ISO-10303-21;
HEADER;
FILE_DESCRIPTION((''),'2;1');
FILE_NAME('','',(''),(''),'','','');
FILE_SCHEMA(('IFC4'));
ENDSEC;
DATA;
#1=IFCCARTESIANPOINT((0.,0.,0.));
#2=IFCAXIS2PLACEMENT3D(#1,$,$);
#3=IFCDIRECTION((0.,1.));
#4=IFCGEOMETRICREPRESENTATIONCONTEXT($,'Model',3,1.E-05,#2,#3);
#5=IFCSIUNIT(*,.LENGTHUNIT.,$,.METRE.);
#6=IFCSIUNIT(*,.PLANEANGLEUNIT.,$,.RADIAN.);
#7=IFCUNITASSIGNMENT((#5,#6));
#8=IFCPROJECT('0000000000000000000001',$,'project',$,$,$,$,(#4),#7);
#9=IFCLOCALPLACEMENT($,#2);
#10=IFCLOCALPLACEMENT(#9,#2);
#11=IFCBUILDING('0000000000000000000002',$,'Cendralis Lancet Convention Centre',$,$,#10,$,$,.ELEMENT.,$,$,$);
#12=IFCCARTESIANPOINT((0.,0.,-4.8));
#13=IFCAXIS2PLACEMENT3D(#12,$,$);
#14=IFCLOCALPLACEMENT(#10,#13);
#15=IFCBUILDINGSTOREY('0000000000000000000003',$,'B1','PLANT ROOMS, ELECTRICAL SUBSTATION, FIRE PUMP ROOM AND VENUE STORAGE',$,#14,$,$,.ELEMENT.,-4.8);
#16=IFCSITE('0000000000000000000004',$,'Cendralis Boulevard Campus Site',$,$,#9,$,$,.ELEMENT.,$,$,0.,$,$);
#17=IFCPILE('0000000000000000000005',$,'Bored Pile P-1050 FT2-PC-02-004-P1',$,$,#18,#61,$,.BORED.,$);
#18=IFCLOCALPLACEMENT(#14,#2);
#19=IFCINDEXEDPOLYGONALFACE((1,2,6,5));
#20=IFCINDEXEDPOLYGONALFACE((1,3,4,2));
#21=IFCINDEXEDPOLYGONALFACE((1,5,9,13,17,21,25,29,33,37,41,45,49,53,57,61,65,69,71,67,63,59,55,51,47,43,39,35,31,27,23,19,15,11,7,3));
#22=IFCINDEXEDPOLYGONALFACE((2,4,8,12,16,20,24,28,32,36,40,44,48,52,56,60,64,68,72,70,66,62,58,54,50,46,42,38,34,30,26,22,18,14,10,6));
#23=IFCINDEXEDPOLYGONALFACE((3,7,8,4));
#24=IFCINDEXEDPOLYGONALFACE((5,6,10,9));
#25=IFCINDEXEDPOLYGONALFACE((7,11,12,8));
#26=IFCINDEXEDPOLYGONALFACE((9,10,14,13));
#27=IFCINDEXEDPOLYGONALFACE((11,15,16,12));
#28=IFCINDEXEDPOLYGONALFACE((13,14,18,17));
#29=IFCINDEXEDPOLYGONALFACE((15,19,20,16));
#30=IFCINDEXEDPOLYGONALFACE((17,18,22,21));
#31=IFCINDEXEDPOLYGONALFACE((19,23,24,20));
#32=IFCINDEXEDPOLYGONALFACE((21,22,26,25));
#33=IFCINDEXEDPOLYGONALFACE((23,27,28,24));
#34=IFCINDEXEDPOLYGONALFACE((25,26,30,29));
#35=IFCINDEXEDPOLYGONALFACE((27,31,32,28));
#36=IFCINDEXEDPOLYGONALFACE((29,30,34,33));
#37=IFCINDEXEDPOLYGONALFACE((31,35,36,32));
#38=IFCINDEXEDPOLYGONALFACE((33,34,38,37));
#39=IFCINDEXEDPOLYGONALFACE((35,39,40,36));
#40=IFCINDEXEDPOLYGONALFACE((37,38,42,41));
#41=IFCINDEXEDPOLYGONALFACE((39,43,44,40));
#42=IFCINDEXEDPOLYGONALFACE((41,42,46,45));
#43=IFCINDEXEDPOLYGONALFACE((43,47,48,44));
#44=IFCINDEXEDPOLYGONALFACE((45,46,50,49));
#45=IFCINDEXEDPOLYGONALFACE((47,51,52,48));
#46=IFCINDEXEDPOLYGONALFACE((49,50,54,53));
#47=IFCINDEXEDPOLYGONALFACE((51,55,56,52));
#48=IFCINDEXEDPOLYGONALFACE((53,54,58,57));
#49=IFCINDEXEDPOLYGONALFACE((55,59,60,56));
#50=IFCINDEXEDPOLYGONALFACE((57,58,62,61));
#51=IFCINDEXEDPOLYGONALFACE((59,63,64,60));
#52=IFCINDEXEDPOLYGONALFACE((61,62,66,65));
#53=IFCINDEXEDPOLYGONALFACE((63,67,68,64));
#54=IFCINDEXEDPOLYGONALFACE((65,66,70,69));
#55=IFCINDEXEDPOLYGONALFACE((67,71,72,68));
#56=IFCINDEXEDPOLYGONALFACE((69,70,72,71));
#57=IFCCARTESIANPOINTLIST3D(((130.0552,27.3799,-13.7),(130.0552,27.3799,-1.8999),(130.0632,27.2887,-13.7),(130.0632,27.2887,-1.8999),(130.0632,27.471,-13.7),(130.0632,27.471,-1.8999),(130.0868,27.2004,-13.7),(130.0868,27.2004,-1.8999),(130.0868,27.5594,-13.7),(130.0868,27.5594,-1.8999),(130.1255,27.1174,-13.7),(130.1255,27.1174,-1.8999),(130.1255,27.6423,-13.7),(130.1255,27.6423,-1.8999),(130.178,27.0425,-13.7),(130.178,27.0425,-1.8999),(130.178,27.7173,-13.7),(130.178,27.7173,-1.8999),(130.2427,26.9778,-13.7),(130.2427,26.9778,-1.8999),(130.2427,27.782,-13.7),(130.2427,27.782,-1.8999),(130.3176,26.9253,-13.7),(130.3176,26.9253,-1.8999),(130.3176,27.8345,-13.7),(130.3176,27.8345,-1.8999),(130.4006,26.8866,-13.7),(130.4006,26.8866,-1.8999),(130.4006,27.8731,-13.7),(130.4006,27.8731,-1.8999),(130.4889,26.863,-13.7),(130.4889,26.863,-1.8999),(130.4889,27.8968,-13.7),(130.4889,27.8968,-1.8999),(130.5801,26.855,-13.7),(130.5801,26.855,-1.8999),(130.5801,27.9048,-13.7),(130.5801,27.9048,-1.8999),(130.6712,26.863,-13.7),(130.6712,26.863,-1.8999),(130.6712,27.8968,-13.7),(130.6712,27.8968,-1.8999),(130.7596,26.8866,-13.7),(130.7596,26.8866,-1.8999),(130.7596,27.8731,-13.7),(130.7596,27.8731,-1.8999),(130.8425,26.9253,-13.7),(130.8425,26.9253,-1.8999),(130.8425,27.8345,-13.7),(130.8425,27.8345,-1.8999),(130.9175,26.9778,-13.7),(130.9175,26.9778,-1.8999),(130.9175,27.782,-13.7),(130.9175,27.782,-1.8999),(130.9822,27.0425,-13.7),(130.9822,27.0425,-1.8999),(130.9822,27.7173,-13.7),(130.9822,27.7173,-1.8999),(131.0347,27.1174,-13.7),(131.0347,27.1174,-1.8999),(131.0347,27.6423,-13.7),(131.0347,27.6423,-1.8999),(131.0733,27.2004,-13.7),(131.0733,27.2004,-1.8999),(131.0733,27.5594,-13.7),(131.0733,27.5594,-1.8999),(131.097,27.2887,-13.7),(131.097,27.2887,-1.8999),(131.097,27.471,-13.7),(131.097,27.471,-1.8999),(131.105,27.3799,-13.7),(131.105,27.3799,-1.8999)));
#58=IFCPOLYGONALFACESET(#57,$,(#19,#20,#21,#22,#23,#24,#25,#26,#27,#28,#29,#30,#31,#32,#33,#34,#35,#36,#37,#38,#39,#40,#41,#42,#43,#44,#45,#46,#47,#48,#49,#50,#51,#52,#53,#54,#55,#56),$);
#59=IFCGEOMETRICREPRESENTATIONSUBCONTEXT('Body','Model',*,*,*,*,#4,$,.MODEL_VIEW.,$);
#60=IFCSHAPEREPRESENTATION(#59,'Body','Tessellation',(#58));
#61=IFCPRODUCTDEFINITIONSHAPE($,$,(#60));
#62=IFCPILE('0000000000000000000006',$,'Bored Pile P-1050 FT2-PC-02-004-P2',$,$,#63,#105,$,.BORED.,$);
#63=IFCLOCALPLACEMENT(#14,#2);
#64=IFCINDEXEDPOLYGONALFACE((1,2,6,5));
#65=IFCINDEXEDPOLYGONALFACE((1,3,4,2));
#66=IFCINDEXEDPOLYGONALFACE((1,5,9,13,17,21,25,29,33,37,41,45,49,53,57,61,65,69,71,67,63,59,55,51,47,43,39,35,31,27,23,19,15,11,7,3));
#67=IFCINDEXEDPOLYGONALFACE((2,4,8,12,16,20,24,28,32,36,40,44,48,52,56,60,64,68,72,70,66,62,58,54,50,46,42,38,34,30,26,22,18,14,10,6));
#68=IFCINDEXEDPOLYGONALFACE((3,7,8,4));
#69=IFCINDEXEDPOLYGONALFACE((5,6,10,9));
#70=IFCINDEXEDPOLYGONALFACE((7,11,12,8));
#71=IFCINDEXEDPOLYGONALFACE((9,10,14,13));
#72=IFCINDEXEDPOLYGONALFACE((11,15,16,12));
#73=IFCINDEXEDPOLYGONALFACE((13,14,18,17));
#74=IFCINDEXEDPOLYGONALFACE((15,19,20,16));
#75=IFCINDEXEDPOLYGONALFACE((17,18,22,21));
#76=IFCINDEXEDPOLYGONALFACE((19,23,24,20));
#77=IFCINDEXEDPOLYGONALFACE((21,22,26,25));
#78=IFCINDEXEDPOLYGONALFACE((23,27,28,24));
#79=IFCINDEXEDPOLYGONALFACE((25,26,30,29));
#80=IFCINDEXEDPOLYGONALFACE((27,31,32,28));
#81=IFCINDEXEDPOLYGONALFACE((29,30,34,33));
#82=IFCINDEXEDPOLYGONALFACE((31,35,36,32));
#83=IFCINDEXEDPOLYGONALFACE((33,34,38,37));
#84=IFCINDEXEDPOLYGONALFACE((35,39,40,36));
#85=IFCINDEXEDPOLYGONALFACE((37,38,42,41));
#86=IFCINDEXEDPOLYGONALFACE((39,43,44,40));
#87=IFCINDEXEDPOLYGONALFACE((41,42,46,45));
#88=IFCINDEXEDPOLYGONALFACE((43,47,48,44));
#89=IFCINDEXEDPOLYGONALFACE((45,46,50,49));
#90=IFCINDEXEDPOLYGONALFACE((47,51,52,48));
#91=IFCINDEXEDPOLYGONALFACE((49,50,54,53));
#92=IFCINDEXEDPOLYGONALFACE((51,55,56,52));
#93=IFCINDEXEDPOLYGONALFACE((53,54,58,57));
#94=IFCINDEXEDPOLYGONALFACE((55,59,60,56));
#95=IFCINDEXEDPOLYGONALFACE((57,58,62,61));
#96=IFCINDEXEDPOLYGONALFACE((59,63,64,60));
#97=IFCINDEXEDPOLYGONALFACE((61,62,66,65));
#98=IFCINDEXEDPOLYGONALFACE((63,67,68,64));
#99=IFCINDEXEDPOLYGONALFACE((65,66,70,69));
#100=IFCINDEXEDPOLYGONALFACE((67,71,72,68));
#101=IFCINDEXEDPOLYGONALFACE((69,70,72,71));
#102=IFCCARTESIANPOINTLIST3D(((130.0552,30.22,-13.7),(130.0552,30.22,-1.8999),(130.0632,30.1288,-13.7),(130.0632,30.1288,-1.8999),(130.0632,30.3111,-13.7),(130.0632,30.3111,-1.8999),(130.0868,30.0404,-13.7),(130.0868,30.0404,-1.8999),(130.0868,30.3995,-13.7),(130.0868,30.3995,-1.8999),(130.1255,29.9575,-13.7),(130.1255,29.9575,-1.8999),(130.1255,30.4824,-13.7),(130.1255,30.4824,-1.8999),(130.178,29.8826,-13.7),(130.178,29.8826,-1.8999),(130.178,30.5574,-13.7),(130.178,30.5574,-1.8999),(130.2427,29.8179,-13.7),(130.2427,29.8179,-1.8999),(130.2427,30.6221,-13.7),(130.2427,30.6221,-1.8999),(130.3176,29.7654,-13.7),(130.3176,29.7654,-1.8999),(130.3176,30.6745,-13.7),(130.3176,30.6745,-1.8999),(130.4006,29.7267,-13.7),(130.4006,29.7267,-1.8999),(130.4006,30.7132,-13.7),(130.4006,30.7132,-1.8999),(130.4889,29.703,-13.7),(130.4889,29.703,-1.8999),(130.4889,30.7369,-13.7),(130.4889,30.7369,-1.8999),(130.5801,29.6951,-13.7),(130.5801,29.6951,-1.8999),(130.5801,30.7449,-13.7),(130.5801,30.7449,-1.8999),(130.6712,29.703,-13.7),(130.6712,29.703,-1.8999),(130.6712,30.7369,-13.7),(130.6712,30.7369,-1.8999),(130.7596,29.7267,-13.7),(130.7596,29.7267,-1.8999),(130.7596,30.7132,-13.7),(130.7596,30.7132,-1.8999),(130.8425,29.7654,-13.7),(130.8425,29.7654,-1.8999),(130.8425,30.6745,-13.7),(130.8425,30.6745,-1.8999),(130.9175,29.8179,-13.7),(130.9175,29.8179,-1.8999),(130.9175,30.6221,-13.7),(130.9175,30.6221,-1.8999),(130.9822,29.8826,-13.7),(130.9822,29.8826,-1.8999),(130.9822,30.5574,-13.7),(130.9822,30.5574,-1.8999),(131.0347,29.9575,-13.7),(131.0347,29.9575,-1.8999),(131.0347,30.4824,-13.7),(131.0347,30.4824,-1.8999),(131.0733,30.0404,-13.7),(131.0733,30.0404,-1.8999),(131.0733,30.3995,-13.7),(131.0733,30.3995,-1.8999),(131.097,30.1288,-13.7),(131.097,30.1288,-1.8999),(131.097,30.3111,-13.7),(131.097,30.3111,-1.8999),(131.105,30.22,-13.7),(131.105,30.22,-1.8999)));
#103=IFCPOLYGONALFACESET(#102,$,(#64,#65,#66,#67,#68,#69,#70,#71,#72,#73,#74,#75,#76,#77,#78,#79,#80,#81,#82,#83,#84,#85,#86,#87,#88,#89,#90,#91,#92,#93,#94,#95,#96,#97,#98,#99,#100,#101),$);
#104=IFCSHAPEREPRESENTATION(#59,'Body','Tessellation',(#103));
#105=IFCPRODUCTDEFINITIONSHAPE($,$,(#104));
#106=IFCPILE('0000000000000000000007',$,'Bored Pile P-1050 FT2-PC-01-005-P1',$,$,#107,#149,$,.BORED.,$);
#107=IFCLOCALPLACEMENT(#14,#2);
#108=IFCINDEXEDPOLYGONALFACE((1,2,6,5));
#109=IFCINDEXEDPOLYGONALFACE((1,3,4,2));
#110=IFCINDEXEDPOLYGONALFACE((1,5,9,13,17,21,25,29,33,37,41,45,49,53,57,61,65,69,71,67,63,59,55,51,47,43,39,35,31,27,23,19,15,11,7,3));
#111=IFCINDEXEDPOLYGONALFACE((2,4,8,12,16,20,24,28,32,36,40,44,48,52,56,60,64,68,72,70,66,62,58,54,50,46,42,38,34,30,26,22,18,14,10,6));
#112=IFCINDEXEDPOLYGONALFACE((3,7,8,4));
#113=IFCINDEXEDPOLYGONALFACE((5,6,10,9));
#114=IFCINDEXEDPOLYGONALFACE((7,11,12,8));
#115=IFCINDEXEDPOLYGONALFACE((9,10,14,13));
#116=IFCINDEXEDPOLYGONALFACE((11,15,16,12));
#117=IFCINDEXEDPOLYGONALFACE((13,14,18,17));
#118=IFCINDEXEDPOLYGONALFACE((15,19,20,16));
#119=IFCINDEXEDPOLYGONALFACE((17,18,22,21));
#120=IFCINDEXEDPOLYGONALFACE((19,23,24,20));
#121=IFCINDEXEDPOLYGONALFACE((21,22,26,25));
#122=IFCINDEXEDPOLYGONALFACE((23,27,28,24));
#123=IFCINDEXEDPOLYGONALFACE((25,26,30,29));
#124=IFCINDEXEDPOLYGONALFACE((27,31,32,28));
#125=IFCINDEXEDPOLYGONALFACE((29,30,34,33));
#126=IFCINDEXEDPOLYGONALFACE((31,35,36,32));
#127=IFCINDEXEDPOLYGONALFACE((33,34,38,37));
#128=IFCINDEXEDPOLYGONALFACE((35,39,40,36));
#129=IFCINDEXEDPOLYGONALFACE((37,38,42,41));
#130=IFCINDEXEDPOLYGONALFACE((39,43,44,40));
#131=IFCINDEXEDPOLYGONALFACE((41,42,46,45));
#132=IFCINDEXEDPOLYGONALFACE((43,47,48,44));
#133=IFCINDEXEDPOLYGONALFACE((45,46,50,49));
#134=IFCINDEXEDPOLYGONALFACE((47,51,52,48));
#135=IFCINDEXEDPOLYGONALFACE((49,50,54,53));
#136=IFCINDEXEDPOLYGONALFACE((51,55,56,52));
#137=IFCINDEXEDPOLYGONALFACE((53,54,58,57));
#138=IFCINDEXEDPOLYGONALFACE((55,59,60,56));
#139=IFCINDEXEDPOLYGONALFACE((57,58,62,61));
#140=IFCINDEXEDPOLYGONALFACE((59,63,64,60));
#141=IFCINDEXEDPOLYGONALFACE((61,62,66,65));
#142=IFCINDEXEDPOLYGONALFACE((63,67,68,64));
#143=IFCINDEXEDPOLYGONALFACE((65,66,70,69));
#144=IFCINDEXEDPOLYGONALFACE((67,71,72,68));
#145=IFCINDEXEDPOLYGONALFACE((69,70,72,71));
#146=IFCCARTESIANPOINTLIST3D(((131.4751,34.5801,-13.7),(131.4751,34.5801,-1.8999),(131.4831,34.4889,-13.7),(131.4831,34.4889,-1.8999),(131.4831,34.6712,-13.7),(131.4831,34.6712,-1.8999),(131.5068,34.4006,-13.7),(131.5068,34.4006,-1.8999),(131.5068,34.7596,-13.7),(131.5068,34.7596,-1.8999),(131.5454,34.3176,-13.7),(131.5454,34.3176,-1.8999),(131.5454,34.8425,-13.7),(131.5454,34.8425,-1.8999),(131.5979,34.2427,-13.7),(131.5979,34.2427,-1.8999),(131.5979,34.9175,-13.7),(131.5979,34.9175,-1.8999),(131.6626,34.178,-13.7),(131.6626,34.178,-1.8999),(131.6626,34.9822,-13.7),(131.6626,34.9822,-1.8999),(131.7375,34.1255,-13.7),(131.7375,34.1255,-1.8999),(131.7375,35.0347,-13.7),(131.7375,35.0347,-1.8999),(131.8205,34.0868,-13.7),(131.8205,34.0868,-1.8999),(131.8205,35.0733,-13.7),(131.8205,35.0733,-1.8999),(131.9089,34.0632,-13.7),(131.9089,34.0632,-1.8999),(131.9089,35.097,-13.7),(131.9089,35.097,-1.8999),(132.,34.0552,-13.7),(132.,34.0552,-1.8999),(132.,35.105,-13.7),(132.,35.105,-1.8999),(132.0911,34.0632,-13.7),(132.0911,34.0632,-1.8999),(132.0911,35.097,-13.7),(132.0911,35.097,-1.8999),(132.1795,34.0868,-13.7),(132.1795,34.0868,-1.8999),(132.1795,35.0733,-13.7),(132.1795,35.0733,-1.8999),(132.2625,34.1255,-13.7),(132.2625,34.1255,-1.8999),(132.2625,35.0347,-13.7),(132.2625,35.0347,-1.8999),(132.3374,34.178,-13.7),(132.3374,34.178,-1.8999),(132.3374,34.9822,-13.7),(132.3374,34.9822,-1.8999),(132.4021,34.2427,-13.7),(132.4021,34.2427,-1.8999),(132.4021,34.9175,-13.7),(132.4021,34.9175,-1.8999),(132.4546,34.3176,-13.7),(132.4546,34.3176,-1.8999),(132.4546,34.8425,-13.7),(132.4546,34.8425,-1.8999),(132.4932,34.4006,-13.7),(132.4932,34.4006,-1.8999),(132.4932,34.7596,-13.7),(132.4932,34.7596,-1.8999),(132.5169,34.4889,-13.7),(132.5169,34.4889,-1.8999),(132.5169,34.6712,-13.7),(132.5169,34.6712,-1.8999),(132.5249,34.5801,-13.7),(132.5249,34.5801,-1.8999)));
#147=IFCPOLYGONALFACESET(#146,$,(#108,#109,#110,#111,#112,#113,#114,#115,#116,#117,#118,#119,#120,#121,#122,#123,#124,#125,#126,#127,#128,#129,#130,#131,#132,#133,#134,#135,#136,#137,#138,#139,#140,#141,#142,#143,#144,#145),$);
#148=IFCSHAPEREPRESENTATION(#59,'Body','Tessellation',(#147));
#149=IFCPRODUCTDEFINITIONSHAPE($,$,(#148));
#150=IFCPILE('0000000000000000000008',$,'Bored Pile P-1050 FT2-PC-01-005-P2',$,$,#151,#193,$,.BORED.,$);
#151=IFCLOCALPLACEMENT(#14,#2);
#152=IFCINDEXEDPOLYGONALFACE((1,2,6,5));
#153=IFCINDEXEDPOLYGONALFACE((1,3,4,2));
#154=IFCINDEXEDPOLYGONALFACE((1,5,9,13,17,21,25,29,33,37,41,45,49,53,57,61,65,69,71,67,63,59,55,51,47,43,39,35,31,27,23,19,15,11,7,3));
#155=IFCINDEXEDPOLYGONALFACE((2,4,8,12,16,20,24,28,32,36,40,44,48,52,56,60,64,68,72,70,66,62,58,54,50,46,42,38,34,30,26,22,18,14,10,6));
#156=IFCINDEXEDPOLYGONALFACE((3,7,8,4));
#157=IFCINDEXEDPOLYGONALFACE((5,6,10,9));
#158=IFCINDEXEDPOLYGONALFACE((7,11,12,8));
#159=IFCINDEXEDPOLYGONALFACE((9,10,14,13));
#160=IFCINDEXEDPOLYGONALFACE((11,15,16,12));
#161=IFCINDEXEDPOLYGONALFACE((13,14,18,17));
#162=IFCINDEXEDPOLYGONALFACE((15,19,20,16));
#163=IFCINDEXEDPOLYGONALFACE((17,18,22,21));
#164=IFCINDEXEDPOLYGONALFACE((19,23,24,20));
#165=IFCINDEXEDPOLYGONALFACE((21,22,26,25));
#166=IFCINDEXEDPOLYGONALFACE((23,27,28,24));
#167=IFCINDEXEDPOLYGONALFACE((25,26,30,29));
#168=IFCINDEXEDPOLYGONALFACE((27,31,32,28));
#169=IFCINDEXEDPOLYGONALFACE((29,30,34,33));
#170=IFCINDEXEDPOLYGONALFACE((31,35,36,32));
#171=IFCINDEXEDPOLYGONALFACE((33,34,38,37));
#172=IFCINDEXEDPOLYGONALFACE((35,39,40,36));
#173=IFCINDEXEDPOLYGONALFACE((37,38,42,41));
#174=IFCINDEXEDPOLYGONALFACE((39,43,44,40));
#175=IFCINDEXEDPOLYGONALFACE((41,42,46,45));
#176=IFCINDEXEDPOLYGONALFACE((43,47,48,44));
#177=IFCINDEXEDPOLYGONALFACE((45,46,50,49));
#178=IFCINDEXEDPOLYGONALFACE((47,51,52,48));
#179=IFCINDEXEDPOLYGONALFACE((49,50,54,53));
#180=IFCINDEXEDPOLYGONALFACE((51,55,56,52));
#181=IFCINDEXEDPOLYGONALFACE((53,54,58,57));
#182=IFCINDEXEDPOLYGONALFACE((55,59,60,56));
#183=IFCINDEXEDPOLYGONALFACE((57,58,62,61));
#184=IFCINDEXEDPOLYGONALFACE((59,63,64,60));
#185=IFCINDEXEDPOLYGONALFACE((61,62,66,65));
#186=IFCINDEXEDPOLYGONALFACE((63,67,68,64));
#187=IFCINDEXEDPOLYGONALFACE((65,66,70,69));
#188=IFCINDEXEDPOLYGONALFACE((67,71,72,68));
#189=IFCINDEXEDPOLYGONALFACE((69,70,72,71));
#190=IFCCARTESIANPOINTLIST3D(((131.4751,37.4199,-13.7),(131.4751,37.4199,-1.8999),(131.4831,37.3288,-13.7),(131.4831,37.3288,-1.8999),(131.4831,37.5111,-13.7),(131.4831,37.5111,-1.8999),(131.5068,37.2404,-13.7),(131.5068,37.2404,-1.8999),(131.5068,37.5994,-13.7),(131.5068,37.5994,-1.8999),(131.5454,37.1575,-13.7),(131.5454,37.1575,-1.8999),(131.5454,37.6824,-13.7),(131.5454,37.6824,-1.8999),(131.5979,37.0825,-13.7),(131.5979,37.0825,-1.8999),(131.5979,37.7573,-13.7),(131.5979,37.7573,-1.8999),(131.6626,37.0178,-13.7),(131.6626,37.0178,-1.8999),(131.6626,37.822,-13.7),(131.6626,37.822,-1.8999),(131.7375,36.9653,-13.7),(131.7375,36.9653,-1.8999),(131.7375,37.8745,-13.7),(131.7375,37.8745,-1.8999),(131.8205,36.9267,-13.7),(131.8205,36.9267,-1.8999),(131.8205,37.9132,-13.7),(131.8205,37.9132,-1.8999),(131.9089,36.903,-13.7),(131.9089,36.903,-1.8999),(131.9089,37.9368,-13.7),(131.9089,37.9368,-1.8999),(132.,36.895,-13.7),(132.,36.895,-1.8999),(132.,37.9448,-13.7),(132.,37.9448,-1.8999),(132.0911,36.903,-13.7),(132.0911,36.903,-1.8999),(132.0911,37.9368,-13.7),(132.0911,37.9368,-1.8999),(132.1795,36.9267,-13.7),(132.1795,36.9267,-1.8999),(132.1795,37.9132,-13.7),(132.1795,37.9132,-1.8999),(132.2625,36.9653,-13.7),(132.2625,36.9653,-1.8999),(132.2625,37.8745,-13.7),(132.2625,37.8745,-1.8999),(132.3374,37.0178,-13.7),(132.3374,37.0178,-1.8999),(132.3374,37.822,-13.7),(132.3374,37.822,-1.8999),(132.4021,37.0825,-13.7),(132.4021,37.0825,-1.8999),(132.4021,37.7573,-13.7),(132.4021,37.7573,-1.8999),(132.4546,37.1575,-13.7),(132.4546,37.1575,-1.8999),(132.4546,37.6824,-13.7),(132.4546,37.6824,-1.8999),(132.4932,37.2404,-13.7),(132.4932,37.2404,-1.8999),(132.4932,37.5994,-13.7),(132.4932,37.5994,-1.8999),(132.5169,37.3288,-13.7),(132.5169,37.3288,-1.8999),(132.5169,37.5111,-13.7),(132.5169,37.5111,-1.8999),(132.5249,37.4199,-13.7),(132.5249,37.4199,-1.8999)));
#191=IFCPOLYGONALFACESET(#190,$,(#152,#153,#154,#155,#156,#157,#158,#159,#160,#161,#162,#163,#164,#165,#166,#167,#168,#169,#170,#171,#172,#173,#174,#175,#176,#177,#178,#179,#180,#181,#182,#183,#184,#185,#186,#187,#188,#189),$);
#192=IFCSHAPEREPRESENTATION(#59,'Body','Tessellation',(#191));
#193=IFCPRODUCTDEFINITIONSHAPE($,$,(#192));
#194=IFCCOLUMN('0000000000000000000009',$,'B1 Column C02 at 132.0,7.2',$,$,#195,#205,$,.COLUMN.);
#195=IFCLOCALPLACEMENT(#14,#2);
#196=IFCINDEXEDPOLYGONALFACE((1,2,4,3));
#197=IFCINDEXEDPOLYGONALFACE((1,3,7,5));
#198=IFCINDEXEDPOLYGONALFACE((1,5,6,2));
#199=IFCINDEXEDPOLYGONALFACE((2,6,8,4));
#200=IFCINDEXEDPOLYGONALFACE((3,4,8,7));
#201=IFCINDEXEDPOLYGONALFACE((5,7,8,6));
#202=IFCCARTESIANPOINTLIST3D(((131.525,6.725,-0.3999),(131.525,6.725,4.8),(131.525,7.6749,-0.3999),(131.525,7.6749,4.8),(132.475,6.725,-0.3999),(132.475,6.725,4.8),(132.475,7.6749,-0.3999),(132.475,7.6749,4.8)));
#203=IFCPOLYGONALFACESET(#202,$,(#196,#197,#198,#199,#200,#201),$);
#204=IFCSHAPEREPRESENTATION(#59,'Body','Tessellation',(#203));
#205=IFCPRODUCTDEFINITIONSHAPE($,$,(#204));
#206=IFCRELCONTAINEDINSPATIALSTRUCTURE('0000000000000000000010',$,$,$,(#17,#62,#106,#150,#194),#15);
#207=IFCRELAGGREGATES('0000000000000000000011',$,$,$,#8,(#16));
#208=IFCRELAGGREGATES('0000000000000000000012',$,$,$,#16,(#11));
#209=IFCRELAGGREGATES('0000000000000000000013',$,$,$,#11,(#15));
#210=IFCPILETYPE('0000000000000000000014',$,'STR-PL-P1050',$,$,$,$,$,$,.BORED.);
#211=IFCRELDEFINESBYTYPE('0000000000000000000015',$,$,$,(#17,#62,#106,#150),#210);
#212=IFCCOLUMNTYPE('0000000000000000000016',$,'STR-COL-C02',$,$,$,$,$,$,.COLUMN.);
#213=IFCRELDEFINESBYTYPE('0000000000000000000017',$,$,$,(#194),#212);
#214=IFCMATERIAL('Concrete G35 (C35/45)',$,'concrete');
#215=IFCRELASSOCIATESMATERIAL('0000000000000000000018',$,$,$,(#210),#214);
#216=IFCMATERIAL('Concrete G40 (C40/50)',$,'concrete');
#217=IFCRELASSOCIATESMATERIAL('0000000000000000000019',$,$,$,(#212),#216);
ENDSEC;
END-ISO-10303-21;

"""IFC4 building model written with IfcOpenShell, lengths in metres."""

from ifc_helpers import new_model, si_unit, direction, frame, origin, origin_2d, place, context, subcontext, project, spatial, rectangle, circle, extrude, material, material_profile, profile_set, type_object, element, save


model = new_model("IFC4")

# Units and contexts
model_context = context("Model", 3, precision=1e-05, world=origin(), true_north=direction((0.0, 1.0)))
body_context = subcontext(model_context, "Body", "Model", "MODEL_VIEW")
ifc_project = project(units=[si_unit("LENGTHUNIT", "METRE"), si_unit("PLANEANGLEUNIT", "RADIAN")], contexts=[model_context])

# Site, building, storey
site_placement = place(None, origin())
site = spatial("IfcSite", under=ifc_project, at=site_placement, Name="Cendralis Boulevard Campus Site", CompositionType="ELEMENT", RefElevation=0.0)
building_placement = place(site_placement, origin())
building = spatial("IfcBuilding", under=site, at=building_placement, Name="Cendralis Lancet Convention Centre", CompositionType="ELEMENT")
storey_placement = place(building_placement, frame((0.0, 0.0, -4.8)))
storey = spatial("IfcBuildingStorey", under=building, at=storey_placement, Name="B1", Description="PLANT ROOMS, ELECTRICAL SUBSTATION, FIRE PUMP ROOM AND VENUE STORAGE", CompositionType="ELEMENT", Elevation=-4.8)

# Shared definitions
ifc_material_1 = material(Name="Concrete G35 (C35/45)", Category="concrete")

# Piles
ifc_material_profile_1 = material_profile(ifc_material_1, circle(Radius=0.5249, at=origin_2d()), Name="BORED PILE D1050")
ifc_profile_set_1 = profile_set([ifc_material_profile_1], Name="Concrete G35 (C35/45)")
pile_type = type_object("IfcPileType", Name="STR-PL-P1050", PredefinedType="BORED", material=ifc_profile_set_1)
for number, where, z_axis, x_axis, name in (
    (1, (130.5801, 27.3799, -1.8999), (0.0, 0.0, -1.0), (1.0, 0.0, 0.0), "Bored Pile P-1050 FT2-PC-02-004-P1"),
    (2, (130.5801, 30.22, -1.8999), (0.0, 0.0, -1.0), (1.0, 0.0, 0.0), "Bored Pile P-1050 FT2-PC-02-004-P2"),
    (3, (132.0, 34.5801, -1.8999), (0.0, 0.0, -1.0), (1.0, 0.0, 0.0), "Bored Pile P-1050 FT2-PC-01-005-P1"),
    (4, (132.0, 37.4199, -1.8999), (0.0, 0.0, -1.0), (1.0, 0.0, 0.0), "Bored Pile P-1050 FT2-PC-01-005-P2"),
):
    element("IfcPile", number, at=place(storey_placement, frame(where, z_axis=z_axis, x_axis=x_axis)), inside=storey, type_object=pile_type, Name=name, PredefinedType="BORED", context=body_context, shape_type="SweptSolid", body=[
        extrude(circle(Radius=0.5249, at=origin_2d()), origin(), (0.0, 0.0, 1.0), 11.8),
    ])

# Column
ifc_material_2 = material(Name="Concrete G40 (C40/50)", Category="concrete")
ifc_material_profile_2 = material_profile(ifc_material_2, rectangle(XDim=0.95, YDim=0.95, at=origin_2d()), Name="RC 950x950")
ifc_profile_set_2 = profile_set([ifc_material_profile_2], Name="Concrete G40 (C40/50)")
column_type = type_object("IfcColumnType", Name="STR-COL-C02", PredefinedType="COLUMN", material=ifc_profile_set_2)
for number, where, z_axis, x_axis, name in (
    (5, (132.0, 7.2, -0.3999), (0.0, 0.0, 1.0), (1.0, 0.0, 0.0), "B1 Column C02 at 132.0,7.2"),
):
    element("IfcColumn", number, at=place(storey_placement, frame(where, z_axis=z_axis, x_axis=x_axis)), inside=storey, type_object=column_type, Name=name, PredefinedType="COLUMN", context=body_context, shape_type="SweptSolid", body=[
        extrude(rectangle(XDim=0.95, YDim=0.95, at=origin_2d()), origin(), (0.0, 0.0, 1.0), 5.2),
    ])

save(model, "model.ifc")
